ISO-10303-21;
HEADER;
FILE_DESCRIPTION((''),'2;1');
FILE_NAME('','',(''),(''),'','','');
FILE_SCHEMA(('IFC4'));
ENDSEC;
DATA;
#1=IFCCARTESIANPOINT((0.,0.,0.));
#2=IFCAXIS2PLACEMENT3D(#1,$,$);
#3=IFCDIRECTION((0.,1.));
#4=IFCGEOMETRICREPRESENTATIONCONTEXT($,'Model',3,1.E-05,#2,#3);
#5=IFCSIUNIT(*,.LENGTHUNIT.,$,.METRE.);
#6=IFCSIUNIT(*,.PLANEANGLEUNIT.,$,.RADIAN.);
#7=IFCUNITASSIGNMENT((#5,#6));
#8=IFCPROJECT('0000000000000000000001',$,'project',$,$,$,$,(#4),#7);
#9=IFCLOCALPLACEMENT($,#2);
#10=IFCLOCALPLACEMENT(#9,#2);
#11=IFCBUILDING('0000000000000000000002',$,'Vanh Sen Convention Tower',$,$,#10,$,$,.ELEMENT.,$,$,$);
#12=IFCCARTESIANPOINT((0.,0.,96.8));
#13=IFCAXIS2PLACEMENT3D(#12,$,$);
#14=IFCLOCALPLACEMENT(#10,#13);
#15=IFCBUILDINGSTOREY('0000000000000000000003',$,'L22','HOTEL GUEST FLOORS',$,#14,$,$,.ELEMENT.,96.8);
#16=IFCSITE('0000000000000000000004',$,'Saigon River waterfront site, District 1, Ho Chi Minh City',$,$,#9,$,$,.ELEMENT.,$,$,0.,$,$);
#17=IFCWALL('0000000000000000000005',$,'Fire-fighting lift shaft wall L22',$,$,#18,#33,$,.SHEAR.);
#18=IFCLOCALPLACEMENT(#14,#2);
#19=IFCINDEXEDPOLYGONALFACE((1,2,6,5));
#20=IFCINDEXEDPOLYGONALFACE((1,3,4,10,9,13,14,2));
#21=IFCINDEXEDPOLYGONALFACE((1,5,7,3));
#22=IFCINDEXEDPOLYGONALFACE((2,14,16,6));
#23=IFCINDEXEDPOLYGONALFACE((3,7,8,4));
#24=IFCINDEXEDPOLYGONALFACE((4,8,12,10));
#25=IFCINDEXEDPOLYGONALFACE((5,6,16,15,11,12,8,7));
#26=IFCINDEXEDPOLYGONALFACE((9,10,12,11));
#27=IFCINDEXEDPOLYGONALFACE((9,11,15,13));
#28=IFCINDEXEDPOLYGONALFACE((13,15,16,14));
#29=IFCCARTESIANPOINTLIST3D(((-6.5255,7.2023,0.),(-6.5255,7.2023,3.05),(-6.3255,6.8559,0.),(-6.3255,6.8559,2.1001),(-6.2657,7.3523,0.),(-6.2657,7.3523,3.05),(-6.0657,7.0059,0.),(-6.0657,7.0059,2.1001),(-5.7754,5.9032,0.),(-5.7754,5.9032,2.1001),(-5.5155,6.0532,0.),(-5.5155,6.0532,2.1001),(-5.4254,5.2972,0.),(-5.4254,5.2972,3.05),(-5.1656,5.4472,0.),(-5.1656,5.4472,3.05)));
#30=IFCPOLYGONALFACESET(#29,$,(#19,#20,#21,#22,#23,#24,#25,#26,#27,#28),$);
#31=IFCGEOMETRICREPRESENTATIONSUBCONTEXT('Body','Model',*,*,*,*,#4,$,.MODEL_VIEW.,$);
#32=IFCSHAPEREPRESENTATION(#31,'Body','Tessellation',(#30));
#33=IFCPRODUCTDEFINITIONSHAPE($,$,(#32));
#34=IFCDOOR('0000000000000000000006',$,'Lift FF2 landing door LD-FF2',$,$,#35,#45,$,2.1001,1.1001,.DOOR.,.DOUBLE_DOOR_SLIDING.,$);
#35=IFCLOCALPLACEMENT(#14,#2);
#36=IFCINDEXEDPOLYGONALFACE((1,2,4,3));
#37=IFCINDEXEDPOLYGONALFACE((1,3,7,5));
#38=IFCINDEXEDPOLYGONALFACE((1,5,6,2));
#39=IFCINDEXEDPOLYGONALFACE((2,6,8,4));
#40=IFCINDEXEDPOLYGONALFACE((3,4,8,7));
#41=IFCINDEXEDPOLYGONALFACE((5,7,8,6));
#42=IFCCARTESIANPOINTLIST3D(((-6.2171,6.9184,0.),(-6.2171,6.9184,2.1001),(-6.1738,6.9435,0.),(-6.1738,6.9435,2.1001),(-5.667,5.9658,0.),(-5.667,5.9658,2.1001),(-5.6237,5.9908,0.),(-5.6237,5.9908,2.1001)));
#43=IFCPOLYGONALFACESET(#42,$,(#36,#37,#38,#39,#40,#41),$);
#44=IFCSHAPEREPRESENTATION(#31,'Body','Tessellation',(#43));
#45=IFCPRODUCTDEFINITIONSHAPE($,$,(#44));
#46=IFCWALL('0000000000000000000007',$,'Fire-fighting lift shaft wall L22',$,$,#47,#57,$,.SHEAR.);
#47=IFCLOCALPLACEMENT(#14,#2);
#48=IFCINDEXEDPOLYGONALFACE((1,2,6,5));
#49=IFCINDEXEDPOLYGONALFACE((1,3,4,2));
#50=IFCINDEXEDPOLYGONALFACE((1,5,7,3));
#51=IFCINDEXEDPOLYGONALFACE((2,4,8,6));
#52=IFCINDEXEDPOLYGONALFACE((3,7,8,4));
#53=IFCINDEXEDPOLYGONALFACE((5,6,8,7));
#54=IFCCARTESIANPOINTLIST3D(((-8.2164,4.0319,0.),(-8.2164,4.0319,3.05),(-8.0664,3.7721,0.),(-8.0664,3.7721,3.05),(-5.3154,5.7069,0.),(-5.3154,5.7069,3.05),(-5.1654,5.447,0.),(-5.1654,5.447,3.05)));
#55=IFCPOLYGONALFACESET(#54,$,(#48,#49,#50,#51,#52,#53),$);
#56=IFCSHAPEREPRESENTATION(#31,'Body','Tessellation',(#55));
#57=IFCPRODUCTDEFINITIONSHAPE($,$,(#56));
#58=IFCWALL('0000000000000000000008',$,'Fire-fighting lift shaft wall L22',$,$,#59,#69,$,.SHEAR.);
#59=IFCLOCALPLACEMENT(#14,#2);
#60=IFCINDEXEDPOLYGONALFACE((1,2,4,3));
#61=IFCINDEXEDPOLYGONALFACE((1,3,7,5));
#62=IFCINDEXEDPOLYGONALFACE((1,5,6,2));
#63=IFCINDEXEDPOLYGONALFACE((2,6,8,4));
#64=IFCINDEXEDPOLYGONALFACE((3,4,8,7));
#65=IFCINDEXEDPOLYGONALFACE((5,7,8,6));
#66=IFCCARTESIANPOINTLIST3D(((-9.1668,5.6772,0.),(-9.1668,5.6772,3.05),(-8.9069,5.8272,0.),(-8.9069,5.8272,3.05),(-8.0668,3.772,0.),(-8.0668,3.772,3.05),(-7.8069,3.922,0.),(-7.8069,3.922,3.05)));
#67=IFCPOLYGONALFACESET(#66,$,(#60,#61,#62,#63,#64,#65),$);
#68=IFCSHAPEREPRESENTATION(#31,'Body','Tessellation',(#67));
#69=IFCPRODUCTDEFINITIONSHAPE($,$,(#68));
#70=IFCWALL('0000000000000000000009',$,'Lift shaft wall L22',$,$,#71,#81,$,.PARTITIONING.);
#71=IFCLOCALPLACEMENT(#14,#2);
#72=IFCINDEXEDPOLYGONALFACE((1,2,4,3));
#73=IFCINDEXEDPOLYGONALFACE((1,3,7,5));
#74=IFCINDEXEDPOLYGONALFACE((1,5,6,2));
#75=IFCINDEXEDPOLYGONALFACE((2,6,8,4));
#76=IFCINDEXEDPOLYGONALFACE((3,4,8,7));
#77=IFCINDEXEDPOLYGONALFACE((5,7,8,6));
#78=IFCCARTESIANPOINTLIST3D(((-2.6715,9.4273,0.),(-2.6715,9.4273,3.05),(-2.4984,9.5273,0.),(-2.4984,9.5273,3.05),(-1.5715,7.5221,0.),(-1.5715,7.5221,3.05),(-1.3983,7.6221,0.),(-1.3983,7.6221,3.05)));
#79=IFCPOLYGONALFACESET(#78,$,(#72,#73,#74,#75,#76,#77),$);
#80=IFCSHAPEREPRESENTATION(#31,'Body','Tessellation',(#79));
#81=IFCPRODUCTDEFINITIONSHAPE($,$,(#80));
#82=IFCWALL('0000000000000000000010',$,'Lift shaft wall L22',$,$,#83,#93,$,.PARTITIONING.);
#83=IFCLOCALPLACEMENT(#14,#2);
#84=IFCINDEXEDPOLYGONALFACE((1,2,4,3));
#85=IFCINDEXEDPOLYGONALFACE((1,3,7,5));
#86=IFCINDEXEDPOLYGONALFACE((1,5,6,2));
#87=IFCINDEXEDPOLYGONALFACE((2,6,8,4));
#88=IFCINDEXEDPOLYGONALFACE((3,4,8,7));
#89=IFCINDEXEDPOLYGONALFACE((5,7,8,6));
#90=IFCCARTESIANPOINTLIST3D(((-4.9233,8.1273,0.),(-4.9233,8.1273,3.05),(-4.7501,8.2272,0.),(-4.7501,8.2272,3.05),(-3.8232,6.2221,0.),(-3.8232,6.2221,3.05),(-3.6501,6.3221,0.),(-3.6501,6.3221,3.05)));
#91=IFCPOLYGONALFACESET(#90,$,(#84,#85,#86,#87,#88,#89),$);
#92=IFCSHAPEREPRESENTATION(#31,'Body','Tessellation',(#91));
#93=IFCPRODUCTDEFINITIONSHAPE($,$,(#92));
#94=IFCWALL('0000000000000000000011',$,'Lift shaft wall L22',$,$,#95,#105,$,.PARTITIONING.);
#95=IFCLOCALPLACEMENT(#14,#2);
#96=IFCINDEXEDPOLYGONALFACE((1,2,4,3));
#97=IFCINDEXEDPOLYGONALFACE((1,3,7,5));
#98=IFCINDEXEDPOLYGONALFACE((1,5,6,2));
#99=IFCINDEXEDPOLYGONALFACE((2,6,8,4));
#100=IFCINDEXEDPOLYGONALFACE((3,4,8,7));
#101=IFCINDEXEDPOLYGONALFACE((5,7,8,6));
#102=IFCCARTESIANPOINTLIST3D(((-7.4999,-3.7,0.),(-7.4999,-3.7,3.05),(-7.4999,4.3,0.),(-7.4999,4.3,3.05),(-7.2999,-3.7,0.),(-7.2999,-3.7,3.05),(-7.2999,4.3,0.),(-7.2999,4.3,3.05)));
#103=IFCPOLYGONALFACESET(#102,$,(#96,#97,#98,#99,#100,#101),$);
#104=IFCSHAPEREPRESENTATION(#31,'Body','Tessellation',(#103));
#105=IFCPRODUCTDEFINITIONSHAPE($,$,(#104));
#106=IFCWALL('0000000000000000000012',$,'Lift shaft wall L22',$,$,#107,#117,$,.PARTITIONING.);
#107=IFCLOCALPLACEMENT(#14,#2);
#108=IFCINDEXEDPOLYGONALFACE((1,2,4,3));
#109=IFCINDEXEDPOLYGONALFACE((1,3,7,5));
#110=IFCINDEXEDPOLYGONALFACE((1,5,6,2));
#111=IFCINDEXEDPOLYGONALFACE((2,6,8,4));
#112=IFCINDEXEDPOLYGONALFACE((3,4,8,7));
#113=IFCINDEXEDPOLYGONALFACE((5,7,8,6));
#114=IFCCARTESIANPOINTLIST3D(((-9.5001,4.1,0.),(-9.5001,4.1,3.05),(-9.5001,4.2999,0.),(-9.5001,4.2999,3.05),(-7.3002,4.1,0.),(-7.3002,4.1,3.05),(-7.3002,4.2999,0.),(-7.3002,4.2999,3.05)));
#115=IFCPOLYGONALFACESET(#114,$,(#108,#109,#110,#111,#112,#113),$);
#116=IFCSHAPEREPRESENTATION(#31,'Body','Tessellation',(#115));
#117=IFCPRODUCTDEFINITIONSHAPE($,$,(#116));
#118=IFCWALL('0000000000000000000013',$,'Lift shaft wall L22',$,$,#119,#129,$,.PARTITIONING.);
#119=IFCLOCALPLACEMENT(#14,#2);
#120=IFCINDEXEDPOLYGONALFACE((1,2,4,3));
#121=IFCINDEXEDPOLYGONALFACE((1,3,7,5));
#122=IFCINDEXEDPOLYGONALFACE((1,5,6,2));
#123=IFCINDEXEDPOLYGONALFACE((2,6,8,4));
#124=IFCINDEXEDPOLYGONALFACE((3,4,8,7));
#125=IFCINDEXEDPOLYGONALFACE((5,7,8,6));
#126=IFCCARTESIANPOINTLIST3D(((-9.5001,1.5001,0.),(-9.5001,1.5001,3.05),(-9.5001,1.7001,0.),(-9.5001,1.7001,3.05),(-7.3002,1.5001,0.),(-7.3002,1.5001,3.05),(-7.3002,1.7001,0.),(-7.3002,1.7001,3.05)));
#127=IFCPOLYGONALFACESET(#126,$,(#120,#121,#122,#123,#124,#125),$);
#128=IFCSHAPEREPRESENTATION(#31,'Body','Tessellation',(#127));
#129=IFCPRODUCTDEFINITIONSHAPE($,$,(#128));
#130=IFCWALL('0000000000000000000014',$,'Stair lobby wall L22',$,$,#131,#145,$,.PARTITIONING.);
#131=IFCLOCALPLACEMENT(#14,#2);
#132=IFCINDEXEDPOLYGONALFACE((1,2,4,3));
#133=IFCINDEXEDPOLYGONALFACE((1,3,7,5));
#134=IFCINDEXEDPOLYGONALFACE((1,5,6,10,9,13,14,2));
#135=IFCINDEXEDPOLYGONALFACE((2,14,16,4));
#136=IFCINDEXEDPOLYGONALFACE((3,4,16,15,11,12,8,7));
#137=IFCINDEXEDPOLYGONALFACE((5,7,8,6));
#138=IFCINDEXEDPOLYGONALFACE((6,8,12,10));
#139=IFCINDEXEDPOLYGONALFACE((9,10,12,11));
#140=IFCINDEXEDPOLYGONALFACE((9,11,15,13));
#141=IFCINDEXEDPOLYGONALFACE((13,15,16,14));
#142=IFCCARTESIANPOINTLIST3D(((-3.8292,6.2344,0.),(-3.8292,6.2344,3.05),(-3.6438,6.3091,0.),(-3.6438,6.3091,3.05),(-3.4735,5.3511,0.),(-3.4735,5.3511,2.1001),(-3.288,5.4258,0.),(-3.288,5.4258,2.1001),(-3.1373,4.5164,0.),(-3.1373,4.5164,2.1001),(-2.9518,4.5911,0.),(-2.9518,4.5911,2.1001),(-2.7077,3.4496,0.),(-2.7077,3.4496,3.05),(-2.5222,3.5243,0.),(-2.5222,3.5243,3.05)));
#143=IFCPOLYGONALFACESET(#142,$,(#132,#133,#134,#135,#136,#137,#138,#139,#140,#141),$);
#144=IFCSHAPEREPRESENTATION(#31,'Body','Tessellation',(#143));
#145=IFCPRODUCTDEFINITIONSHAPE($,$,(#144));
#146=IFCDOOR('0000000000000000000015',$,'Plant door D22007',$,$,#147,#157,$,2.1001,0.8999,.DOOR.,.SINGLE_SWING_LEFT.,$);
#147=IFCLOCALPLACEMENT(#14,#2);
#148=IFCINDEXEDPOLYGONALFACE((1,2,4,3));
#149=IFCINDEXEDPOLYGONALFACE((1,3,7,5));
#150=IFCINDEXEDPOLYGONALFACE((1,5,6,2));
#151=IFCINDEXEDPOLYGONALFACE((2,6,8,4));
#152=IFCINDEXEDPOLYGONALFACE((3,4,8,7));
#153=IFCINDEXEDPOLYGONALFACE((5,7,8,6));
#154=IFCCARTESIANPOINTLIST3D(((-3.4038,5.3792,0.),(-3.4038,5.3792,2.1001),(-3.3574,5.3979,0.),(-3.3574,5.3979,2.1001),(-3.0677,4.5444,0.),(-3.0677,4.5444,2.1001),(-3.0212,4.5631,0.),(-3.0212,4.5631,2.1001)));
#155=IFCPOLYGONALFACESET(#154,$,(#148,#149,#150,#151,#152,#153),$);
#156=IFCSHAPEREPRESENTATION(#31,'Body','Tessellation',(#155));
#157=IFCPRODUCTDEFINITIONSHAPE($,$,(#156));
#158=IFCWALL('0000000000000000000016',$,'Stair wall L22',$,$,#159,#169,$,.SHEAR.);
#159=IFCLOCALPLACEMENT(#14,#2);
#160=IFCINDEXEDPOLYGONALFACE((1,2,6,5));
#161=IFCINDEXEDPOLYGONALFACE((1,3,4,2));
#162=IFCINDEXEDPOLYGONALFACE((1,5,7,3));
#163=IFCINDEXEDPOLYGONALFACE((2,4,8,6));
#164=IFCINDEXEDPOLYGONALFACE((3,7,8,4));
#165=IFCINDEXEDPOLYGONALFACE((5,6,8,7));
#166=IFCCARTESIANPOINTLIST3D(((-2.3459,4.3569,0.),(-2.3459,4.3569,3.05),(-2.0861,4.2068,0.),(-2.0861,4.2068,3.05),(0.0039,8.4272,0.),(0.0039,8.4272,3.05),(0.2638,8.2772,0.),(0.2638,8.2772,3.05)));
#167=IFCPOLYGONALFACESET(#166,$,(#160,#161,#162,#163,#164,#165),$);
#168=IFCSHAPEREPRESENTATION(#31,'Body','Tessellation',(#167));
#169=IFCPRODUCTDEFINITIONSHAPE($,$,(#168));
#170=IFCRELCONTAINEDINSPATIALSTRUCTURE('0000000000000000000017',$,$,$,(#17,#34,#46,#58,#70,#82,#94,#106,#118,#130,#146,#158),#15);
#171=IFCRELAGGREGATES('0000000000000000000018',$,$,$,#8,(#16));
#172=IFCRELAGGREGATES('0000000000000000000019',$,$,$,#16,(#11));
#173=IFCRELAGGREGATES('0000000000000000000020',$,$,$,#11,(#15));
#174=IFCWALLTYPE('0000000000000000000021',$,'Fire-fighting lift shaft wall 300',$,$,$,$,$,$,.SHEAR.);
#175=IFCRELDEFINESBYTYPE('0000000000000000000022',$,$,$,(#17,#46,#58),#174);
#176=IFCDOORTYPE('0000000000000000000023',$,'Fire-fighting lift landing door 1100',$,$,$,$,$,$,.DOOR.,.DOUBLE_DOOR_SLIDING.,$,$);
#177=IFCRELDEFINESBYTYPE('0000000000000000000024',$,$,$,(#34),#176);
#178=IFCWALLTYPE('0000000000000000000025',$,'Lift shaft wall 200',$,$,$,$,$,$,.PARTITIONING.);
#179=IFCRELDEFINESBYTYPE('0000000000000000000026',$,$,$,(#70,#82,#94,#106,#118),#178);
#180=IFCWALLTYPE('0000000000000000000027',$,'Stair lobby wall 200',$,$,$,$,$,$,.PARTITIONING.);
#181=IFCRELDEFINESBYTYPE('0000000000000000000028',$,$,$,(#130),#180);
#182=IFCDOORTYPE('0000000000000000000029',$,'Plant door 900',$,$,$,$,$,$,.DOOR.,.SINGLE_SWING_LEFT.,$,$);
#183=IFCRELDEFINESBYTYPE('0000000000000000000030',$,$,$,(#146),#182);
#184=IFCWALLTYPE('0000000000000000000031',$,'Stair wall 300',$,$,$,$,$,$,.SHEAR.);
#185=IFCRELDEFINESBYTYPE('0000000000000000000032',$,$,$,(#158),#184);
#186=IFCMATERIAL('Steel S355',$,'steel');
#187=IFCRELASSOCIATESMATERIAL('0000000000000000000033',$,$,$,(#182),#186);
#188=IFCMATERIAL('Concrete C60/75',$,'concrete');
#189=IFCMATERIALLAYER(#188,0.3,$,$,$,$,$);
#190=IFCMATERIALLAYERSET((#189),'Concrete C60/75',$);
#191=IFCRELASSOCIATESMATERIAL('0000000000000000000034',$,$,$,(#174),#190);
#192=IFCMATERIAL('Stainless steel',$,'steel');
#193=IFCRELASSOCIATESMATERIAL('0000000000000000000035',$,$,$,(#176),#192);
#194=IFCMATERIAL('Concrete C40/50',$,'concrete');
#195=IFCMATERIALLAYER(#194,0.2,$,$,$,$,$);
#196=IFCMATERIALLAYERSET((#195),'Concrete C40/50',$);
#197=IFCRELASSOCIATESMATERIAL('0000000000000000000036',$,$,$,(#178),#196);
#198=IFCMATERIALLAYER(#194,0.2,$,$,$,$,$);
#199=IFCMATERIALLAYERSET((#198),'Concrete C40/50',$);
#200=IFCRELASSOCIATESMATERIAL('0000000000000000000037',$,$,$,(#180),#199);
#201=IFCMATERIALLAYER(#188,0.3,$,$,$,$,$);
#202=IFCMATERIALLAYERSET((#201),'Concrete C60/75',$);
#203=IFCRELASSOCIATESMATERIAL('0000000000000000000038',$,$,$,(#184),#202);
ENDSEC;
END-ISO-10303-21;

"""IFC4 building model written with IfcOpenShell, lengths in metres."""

from ifc_helpers import new_model, si_unit, direction, frame, frame_2d, origin, place, context, subcontext, project, spatial, rectangle, extrude, material, layer, layer_set, type_object, element, fill, save


model = new_model("IFC4")

# Units and contexts
model_context = context("Model", 3, precision=1e-05, world=origin(), true_north=direction((0.0, 1.0)))
body_context = subcontext(model_context, "Body", "Model", "MODEL_VIEW")
ifc_project = project(units=[si_unit("LENGTHUNIT", "METRE"), si_unit("PLANEANGLEUNIT", "RADIAN")], contexts=[model_context])

# Site, building, storey
site_placement = place(None, origin())
site = spatial("IfcSite", under=ifc_project, at=site_placement, Name="Saigon River waterfront site, District 1, Ho Chi Minh City", CompositionType="ELEMENT", RefElevation=0.0)
building_placement = place(site_placement, origin())
building = spatial("IfcBuilding", under=site, at=building_placement, Name="Vanh Sen Convention Tower", CompositionType="ELEMENT")
storey_placement = place(building_placement, frame((0.0, 0.0, 96.8)))
storey = spatial("IfcBuildingStorey", under=building, at=storey_placement, Name="L22", Description="HOTEL GUEST FLOORS", CompositionType="ELEMENT", Elevation=96.8)

# Wall, opening, door
ifc_material_1 = material(Name="Steel S355", Category="steel")
door_type_1 = type_object("IfcDoorType", Name="Plant door 900", OperationType="SINGLE_SWING_LEFT", PredefinedType="DOOR", material=ifc_material_1)
ifc_material_2 = material(Name="Concrete C60/75", Category="concrete")
ifc_layer_1 = layer(ifc_material_2, 0.3)
ifc_layer_set_1 = layer_set([ifc_layer_1], Name="Concrete C60/75")
wall_type_1 = type_object("IfcWallType", Name="Fire-fighting lift shaft wall 300", PredefinedType="SHEAR", material=ifc_layer_set_1)
wall_1_placement = place(storey_placement, frame((-5.2954, 5.3721, 0.0), z_axis=(0.0, 0.0, 1.0), x_axis=(-0.500078, 0.86598, 0.0)))
wall_1 = element("IfcWall", 1, at=wall_1_placement, inside=storey, type_object=wall_type_1, Name="Fire-fighting lift shaft wall L22", PredefinedType="SHEAR", context=body_context, shape_type="SweptSolid", body=[
    extrude(rectangle(XDim=2.2, YDim=0.3, at=frame_2d((1.1001, 0.0))), origin(), (0.0, 0.0, 1.0), 3.05),
])
opening_1_placement = place(wall_1_placement, frame((0.7, 0.0, 0.0)))
opening_1 = element("IfcOpeningElement", 2, at=opening_1_placement, cuts=wall_1, PredefinedType="OPENING", context=body_context, shape_type="SweptSolid", body=[
    extrude(rectangle(XDim=1.1001, YDim=2.1001, at=frame_2d((0.55, 1.05))), frame((0.0, 0.1599, 0.0), z_axis=(0.0, -1.0, 0.0), x_axis=(1.0, 0.0, 0.0)), (0.0, 0.0, 1.0), 0.3201),
])
ifc_material_3 = material(Name="Stainless steel", Category="steel")
door_type_2 = type_object("IfcDoorType", Name="Fire-fighting lift landing door 1100", OperationType="DOUBLE_DOOR_SLIDING", PredefinedType="DOOR", material=ifc_material_3)
door_1_placement = place(opening_1_placement, origin())
door_1 = element("IfcDoor", 3, at=door_1_placement, inside=storey, type_object=door_type_2, Name="Lift FF2 landing door LD-FF2", OperationType="DOUBLE_DOOR_SLIDING", OverallHeight=2.1001, OverallWidth=1.1001, PredefinedType="DOOR", context=body_context, shape_type="SweptSolid", body=[
    extrude(rectangle(XDim=1.1001, YDim=2.1001, at=frame_2d((0.55, 1.05))), frame((0.0, 0.0249, 0.0), z_axis=(0.0, -1.0, 0.0), x_axis=(1.0, 0.0, 0.0)), (0.0, 0.0, 1.0), 0.05),
])
fill(opening_1, door_1)

# Walls
wall_2_placement = place(storey_placement, frame((-5.2405, 5.5769, 0.0), z_axis=(0.0, 0.0, 1.0), x_axis=(-0.866014, -0.500019, 0.0)))
element("IfcWall", 4, at=wall_2_placement, inside=storey, type_object=wall_type_1, Name="Fire-fighting lift shaft wall L22", PredefinedType="SHEAR", context=body_context, shape_type="SweptSolid", body=[
    extrude(rectangle(XDim=3.3499, YDim=0.3, at=frame_2d((1.6748, 0.0))), origin(), (0.0, 0.0, 1.0), 3.05),
])
wall_3_placement = place(storey_placement, frame((-7.9368, 3.8469, 0.0), z_axis=(0.0, 0.0, 1.0), x_axis=(-0.50003, 0.866008, 0.0)))
element("IfcWall", 5, at=wall_3_placement, inside=storey, type_object=wall_type_1, Name="Fire-fighting lift shaft wall L22", PredefinedType="SHEAR", context=body_context, shape_type="SweptSolid", body=[
    extrude(rectangle(XDim=2.2, YDim=0.3, at=frame_2d((1.1001, 0.0))), origin(), (0.0, 0.0, 1.0), 3.05),
])
ifc_material_4 = material(Name="Concrete C40/50", Category="concrete")
ifc_layer_2 = layer(ifc_material_4, 0.2)
ifc_layer_set_2 = layer_set([ifc_layer_2], Name="Concrete C40/50")
wall_type_2 = type_object("IfcWallType", Name="Lift shaft wall 200", PredefinedType="PARTITIONING", material=ifc_layer_set_2)
for number, where, z_axis, x_axis, name in (
    (6, (-1.4849, 7.572, 0.0), (0.0, 0.0, 1.0), (-0.50003, 0.866008, 0.0), "Lift shaft wall L22"),
    (7, (-3.7366, 6.272, 0.0), (0.0, 0.0, 1.0), (-0.50003, 0.866008, 0.0), "Lift shaft wall L22"),
):
    element("IfcWall", number, at=place(storey_placement, frame(where, z_axis=z_axis, x_axis=x_axis)), inside=storey, type_object=wall_type_2, Name=name, PredefinedType="PARTITIONING", context=body_context, shape_type="SweptSolid", body=[
        extrude(rectangle(XDim=2.2, YDim=0.2, at=frame_2d((1.1001, 0.0))), origin(), (0.0, 0.0, 1.0), 3.05),
    ])
wall_4_placement = place(storey_placement, frame((-7.3999, 4.3, 0.0), z_axis=(0.0, 0.0, 1.0), x_axis=(0.0, -1.0, 0.0)))
element("IfcWall", 8, at=wall_4_placement, inside=storey, type_object=wall_type_2, Name="Lift shaft wall L22", PredefinedType="PARTITIONING", context=body_context, shape_type="SweptSolid", body=[
    extrude(rectangle(XDim=8.0, YDim=0.2, at=frame_2d((4.0, 0.0))), origin(), (0.0, 0.0, 1.0), 3.05),
])
for number, where, z_axis, x_axis, name in (
    (9, (-7.3, 4.2, 0.0), (0.0, 0.0, 1.0), (-1.0, 0.0, 0.0), "Lift shaft wall L22"),
    (10, (-7.3, 1.6001, 0.0), (0.0, 0.0, 1.0), (-1.0, 0.0, 0.0), "Lift shaft wall L22"),
):
    element("IfcWall", number, at=place(storey_placement, frame(where, z_axis=z_axis, x_axis=x_axis)), inside=storey, type_object=wall_type_2, Name=name, PredefinedType="PARTITIONING", context=body_context, shape_type="SweptSolid", body=[
        extrude(rectangle(XDim=2.2, YDim=0.2, at=frame_2d((1.1001, 0.0))), origin(), (0.0, 0.0, 1.0), 3.05),
    ])

# Wall, opening, door
ifc_layer_3 = layer(ifc_material_4, 0.2)
ifc_layer_set_3 = layer_set([ifc_layer_3], Name="Concrete C40/50")
wall_type_3 = type_object("IfcWallType", Name="Stair lobby wall 200", PredefinedType="PARTITIONING", material=ifc_layer_set_3)
wall_5_placement = place(storey_placement, frame((-2.615, 3.4871, 0.0), z_axis=(0.0, 0.0, 1.0), x_axis=(-0.373577, 0.927599, 0.0)))
wall_5 = element("IfcWall", 11, at=wall_5_placement, inside=storey, type_object=wall_type_3, Name="Stair lobby wall L22", PredefinedType="PARTITIONING", context=body_context, shape_type="SweptSolid", body=[
    extrude(rectangle(XDim=3.0022, YDim=0.2, at=frame_2d((1.501, 0.0))), origin(), (0.0, 0.0, 1.0), 3.05),
])
opening_2_placement = place(wall_5_placement, frame((1.1499, 0.0, 0.0)))
opening_2 = element("IfcOpeningElement", 12, at=opening_2_placement, cuts=wall_5, PredefinedType="OPENING", context=body_context, shape_type="SweptSolid", body=[
    extrude(rectangle(XDim=0.8999, YDim=2.1001, at=frame_2d((0.45, 1.05))), frame((0.0, 0.1099, 0.0), z_axis=(0.0, -1.0, 0.0), x_axis=(1.0, 0.0, 0.0)), (0.0, 0.0, 1.0), 0.22),
])
door_2_placement = place(opening_2_placement, origin())
door_2 = element("IfcDoor", 13, at=door_2_placement, inside=storey, type_object=door_type_1, Name="Plant door D22007", OperationType="SINGLE_SWING_LEFT", OverallHeight=2.1001, OverallWidth=0.8999, PredefinedType="DOOR", context=body_context, shape_type="SweptSolid", body=[
    extrude(rectangle(XDim=0.8999, YDim=2.1001, at=frame_2d((0.45, 1.05))), frame((0.0, 0.0249, 0.0), z_axis=(0.0, -1.0, 0.0), x_axis=(1.0, 0.0, 0.0)), (0.0, 0.0, 1.0), 0.05),
])
fill(opening_2, door_2)

# Wall
ifc_layer_4 = layer(ifc_material_2, 0.3)
ifc_layer_set_4 = layer_set([ifc_layer_4], Name="Concrete C60/75")
wall_type_4 = type_object("IfcWallType", Name="Stair wall 300", PredefinedType="SHEAR", material=ifc_layer_set_4)
wall_6_placement = place(storey_placement, frame((-2.2161, 4.2817, 0.0), z_axis=(0.0, 0.0, 1.0), x_axis=(0.499977, 0.866039, 0.0)))
element("IfcWall", 14, at=wall_6_placement, inside=storey, type_object=wall_type_4, Name="Stair wall L22", PredefinedType="SHEAR", context=body_context, shape_type="SweptSolid", body=[
    extrude(rectangle(XDim=4.7, YDim=0.3, at=frame_2d((2.3501, 0.0))), origin(), (0.0, 0.0, 1.0), 3.05),
])

save(model, "model.ifc")
